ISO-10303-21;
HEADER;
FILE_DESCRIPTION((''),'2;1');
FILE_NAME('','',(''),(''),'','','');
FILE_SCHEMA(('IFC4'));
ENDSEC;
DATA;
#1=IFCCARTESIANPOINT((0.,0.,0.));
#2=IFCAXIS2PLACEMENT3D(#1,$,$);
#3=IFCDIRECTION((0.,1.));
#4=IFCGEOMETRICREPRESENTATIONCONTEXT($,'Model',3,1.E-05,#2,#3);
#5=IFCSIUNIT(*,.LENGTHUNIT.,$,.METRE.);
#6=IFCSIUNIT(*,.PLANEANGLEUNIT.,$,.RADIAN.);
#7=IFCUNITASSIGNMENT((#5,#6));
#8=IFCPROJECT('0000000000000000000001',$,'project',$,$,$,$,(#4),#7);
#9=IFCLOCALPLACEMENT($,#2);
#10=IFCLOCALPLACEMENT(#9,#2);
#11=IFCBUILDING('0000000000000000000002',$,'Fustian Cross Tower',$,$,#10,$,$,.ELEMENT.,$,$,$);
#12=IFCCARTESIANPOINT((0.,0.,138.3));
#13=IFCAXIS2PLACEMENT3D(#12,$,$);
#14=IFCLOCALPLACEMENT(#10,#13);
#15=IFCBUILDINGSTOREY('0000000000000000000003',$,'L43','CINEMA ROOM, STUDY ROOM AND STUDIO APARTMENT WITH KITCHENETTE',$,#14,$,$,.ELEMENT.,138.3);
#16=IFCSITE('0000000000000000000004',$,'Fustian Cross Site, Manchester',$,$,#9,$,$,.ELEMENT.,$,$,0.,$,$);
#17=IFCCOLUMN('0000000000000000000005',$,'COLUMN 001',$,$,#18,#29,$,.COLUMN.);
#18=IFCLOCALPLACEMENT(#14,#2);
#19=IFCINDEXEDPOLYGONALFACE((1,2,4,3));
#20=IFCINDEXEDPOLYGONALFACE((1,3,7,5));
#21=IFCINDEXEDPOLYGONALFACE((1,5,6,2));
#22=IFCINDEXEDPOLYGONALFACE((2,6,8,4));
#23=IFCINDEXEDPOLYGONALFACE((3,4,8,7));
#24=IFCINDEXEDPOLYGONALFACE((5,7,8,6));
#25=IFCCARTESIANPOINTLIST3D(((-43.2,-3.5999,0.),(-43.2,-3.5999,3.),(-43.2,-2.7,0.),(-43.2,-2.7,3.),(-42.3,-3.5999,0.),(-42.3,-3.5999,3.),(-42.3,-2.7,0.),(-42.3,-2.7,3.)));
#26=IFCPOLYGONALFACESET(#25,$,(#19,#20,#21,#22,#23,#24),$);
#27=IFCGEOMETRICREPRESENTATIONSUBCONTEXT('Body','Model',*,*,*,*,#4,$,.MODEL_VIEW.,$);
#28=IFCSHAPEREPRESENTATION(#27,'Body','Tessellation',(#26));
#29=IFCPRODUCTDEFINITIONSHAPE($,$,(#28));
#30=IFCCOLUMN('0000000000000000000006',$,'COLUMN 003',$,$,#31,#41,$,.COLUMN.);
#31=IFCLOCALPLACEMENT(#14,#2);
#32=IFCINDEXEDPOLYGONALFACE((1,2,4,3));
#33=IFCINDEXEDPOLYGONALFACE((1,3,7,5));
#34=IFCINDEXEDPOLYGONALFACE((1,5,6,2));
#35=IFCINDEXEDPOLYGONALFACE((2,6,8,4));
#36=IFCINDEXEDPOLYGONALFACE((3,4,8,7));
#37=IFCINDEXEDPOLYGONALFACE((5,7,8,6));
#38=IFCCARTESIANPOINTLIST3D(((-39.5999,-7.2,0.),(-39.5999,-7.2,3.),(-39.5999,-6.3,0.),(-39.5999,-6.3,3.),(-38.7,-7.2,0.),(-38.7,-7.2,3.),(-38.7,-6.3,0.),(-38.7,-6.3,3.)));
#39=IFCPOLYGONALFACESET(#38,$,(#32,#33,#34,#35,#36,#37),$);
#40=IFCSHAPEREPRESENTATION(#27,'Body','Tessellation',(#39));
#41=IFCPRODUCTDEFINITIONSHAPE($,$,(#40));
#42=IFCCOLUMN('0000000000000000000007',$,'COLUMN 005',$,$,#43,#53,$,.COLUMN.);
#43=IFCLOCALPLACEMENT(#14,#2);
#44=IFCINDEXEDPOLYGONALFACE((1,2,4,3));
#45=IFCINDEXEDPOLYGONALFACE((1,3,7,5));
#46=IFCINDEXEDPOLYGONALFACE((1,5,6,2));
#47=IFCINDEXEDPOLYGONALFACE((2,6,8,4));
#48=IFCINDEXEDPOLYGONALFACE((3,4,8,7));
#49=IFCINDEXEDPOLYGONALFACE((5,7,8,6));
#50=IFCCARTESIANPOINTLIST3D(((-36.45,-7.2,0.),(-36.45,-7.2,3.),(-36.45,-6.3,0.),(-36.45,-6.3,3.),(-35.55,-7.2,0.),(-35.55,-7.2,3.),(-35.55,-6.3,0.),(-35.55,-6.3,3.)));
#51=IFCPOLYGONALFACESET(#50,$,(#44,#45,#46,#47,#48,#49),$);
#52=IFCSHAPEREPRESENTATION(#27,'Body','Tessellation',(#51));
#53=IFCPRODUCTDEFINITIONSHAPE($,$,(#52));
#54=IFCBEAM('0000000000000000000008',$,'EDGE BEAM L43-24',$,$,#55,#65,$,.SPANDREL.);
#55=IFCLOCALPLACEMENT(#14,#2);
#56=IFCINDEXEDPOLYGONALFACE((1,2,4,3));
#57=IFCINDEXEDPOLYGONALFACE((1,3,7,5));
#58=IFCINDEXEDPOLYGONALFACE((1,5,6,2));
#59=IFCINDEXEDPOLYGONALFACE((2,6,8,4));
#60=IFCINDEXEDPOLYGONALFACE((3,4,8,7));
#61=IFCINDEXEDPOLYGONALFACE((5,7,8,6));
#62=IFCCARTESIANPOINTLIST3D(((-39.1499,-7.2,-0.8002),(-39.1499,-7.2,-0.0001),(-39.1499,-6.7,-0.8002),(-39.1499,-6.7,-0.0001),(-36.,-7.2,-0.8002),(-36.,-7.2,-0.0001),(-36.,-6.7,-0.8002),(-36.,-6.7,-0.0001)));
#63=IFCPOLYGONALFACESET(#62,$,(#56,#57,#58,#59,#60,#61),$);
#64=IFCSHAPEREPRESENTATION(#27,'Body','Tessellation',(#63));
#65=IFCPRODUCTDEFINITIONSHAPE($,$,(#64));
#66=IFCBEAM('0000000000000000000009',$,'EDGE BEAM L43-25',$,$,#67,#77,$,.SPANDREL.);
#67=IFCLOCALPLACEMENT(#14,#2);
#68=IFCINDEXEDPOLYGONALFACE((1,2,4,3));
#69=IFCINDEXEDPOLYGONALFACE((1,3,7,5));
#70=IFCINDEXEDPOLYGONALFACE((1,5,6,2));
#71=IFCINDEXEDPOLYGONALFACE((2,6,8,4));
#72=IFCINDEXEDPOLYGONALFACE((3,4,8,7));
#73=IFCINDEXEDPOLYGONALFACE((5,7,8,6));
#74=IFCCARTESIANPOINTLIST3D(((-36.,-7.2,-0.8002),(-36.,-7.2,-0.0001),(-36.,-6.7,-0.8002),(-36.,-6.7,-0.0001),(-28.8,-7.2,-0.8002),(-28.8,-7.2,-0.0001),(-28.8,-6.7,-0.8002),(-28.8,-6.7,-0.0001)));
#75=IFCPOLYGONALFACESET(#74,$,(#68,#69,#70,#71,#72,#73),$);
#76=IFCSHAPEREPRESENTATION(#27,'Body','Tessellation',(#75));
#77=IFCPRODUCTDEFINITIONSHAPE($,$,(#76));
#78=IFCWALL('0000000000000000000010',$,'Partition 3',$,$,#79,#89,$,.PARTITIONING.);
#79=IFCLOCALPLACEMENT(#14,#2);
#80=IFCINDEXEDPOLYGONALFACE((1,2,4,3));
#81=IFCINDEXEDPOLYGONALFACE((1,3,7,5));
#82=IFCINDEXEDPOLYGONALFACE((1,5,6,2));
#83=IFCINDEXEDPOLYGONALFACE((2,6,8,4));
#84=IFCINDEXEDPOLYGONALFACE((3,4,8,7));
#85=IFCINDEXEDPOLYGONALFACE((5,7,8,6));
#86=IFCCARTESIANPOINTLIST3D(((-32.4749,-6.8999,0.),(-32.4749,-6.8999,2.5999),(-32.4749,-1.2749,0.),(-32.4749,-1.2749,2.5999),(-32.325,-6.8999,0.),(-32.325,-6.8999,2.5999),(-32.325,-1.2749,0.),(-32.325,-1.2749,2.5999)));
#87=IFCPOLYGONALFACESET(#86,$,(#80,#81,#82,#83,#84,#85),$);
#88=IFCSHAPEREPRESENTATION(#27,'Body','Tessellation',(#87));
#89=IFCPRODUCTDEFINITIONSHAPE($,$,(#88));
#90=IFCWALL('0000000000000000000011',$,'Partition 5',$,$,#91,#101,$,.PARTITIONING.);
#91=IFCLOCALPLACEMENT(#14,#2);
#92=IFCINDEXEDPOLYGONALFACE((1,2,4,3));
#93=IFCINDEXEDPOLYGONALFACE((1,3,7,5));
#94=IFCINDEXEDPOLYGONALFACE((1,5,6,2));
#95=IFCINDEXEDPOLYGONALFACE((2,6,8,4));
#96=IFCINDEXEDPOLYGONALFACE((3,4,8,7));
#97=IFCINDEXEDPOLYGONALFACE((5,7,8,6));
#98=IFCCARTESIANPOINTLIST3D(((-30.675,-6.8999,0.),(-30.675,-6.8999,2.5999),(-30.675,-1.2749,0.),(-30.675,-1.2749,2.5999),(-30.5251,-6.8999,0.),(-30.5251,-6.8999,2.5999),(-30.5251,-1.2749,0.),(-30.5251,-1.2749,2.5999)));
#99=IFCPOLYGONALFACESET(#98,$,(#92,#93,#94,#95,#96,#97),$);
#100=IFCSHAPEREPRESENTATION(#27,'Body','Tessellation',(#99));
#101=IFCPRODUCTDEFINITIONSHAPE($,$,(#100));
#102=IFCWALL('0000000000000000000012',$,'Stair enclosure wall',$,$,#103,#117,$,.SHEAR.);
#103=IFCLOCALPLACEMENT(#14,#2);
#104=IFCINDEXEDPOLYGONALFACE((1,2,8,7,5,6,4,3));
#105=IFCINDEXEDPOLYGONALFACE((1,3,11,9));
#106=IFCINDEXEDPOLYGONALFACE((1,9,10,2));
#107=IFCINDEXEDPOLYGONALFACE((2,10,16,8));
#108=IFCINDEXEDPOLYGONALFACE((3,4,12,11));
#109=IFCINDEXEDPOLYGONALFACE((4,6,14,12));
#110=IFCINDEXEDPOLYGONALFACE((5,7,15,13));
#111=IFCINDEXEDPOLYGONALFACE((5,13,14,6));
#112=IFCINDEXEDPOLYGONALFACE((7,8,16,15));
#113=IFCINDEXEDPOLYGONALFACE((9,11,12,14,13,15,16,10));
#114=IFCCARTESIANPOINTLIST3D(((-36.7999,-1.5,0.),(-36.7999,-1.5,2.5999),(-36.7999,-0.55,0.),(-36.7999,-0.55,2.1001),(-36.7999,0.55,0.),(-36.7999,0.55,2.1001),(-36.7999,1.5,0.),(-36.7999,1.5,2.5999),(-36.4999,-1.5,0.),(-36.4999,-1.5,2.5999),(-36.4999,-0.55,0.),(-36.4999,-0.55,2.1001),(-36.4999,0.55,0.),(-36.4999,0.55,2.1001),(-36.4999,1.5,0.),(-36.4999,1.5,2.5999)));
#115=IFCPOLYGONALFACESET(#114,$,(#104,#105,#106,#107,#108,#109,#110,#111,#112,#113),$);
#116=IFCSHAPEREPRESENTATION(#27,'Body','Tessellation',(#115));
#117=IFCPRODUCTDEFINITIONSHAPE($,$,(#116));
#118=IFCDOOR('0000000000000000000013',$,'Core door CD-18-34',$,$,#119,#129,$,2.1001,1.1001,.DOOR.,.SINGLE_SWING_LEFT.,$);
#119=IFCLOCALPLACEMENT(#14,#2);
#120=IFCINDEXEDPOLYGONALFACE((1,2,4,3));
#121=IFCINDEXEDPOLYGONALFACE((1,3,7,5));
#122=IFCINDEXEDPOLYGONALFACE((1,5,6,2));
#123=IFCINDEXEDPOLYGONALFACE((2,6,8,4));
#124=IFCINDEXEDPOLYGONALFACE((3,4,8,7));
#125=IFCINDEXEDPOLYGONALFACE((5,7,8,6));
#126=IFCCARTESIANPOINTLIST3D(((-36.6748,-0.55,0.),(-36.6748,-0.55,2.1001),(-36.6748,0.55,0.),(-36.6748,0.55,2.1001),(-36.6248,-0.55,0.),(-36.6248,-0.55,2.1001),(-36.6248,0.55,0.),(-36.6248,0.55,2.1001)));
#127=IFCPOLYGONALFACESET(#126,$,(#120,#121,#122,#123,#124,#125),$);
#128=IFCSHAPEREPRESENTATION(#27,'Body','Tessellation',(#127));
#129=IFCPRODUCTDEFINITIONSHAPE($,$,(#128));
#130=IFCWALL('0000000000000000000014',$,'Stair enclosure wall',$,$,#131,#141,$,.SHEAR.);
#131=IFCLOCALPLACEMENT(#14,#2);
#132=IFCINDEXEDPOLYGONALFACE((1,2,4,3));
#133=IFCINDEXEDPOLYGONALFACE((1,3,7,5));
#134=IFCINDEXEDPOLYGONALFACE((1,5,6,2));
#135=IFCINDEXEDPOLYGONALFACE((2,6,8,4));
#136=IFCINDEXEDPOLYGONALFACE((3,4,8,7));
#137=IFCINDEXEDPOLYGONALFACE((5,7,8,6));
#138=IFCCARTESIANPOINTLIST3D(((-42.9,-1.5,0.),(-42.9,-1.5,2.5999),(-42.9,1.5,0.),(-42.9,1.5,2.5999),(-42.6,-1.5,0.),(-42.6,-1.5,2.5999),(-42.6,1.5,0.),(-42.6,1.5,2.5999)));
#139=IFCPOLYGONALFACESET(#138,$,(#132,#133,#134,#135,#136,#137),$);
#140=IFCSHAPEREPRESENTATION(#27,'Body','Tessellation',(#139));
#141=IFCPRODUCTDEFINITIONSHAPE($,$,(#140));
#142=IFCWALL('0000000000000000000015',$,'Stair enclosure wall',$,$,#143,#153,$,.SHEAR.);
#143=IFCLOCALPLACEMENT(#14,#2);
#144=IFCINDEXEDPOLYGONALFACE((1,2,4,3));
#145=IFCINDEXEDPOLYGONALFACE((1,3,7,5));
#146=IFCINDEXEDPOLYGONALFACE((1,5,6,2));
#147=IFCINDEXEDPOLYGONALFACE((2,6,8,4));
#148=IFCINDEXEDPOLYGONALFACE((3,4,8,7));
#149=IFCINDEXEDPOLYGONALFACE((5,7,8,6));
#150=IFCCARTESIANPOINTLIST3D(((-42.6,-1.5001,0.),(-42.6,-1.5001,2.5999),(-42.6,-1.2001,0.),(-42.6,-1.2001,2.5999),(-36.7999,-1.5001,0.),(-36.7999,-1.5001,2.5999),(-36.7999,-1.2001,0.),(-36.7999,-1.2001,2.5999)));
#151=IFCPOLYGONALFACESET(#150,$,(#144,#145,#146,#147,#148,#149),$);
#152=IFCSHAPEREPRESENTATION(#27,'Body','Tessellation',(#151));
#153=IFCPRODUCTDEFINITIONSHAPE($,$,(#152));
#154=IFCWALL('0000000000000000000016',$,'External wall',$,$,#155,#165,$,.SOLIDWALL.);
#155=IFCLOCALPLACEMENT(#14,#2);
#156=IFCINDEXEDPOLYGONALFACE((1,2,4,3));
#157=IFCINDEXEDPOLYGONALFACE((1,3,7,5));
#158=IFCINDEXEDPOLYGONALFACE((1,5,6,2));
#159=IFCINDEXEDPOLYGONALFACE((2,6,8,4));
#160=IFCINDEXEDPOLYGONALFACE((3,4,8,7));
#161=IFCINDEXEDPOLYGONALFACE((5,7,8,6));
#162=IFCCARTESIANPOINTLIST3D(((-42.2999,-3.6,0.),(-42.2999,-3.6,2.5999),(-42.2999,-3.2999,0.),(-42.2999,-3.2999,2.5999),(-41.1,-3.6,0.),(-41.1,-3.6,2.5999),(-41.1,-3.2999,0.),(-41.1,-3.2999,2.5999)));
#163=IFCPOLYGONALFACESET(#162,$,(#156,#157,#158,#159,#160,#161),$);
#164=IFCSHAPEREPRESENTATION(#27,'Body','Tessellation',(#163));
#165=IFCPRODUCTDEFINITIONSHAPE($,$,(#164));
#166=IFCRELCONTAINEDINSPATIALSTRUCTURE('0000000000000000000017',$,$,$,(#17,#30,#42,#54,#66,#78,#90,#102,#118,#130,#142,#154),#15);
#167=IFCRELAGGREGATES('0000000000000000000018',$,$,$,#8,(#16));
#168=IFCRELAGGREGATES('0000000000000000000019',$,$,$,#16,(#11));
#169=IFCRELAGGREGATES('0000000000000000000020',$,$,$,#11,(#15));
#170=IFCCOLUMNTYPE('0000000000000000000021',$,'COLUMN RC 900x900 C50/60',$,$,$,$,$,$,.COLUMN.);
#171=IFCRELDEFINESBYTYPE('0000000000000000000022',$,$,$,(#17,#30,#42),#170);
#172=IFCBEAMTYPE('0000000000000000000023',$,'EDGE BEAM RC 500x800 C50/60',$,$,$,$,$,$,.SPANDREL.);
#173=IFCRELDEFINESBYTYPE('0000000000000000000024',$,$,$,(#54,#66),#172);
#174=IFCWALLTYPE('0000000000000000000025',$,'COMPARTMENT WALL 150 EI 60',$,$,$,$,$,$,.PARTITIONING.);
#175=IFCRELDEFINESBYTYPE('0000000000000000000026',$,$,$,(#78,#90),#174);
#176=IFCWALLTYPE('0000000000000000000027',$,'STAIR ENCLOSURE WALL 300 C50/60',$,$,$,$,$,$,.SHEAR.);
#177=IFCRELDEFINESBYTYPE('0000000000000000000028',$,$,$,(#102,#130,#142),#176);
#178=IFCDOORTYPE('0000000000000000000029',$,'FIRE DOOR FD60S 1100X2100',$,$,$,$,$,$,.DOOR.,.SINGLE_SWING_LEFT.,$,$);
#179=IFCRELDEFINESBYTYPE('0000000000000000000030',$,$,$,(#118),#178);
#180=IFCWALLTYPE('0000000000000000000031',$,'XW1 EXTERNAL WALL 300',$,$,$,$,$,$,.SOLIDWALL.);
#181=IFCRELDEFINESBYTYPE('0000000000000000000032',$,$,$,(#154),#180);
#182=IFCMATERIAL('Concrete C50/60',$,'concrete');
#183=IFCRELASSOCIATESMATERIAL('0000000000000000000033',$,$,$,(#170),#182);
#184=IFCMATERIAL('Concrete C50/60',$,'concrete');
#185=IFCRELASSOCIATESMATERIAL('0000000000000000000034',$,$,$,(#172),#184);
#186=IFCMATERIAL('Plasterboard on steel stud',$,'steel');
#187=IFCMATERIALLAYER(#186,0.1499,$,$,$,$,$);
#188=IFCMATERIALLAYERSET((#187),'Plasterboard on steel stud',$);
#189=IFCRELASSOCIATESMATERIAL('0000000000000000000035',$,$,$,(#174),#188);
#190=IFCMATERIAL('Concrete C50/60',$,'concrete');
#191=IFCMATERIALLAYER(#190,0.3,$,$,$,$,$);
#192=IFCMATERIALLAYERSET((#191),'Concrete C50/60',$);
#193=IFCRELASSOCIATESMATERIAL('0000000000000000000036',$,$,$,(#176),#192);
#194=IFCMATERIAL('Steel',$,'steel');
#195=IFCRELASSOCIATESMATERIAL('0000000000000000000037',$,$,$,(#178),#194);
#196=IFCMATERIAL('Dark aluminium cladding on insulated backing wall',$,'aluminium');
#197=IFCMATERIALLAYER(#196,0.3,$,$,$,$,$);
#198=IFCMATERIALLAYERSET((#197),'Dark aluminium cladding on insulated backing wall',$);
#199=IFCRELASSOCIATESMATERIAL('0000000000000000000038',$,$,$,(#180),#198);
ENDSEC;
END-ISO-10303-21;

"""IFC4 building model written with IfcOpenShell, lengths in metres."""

from ifc_helpers import new_model, si_unit, direction, frame, frame_2d, origin, origin_2d, place, context, subcontext, project, spatial, rectangle, extrude, material, layer, layer_set, material_profile, profile_set, type_object, element, fill, save


model = new_model("IFC4")

# Units and contexts
model_context = context("Model", 3, precision=1e-05, world=origin(), true_north=direction((0.0, 1.0)))
body_context = subcontext(model_context, "Body", "Model", "MODEL_VIEW")
ifc_project = project(units=[si_unit("LENGTHUNIT", "METRE"), si_unit("PLANEANGLEUNIT", "RADIAN")], contexts=[model_context])

# Site, building, storey
site_placement = place(None, origin())
site = spatial("IfcSite", under=ifc_project, at=site_placement, Name="Fustian Cross Site, Manchester", CompositionType="ELEMENT", RefElevation=0.0)
building_placement = place(site_placement, origin())
building = spatial("IfcBuilding", under=site, at=building_placement, Name="Fustian Cross Tower", CompositionType="ELEMENT")
storey_placement = place(building_placement, frame((0.0, 0.0, 138.3)))
storey = spatial("IfcBuildingStorey", under=building, at=storey_placement, Name="L43", Description="CINEMA ROOM, STUDY ROOM AND STUDIO APARTMENT WITH KITCHENETTE", CompositionType="ELEMENT", Elevation=138.3)

# Columns
ifc_material_1 = material(Name="Concrete C50/60", Category="concrete")
ifc_material_profile_1 = material_profile(ifc_material_1, rectangle(XDim=0.8999, YDim=0.8999, at=origin_2d()), Name="RC 900x900")
ifc_profile_set_1 = profile_set([ifc_material_profile_1], Name="Concrete C50/60")
column_type = type_object("IfcColumnType", Name="COLUMN RC 900x900 C50/60", PredefinedType="COLUMN", material=ifc_profile_set_1)
for number, where, z_axis, x_axis, name in (
    (1, (-42.75, -3.1499, 0.0), (0.0, 0.0, 1.0), (1.0, 0.0, 0.0), "COLUMN 001"),
    (2, (-39.1499, -6.75, 0.0), (0.0, 0.0, 1.0), (1.0, 0.0, 0.0), "COLUMN 003"),
    (3, (-36.0, -6.75, 0.0), (0.0, 0.0, 1.0), (1.0, 0.0, 0.0), "COLUMN 005"),
):
    element("IfcColumn", number, at=place(storey_placement, frame(where, z_axis=z_axis, x_axis=x_axis)), inside=storey, type_object=column_type, Name=name, PredefinedType="COLUMN", context=body_context, shape_type="SweptSolid", body=[
        extrude(rectangle(XDim=0.8999, YDim=0.8999, at=origin_2d()), origin(), (0.0, 0.0, 1.0), 3.0),
    ])

# Beams
ifc_material_2 = material(Name="Concrete C50/60", Category="concrete")
ifc_material_profile_2 = material_profile(ifc_material_2, rectangle(XDim=0.5, YDim=0.8, at=origin_2d()), Name="RC 500x800")
ifc_profile_set_2 = profile_set([ifc_material_profile_2], Name="Concrete C50/60")
beam_type = type_object("IfcBeamType", Name="EDGE BEAM RC 500x800 C50/60", PredefinedType="SPANDREL", material=ifc_profile_set_2)
beam_1_placement = place(storey_placement, frame((-39.1499, -6.95, -0.4001), z_axis=(1.0, 0.0, 0.0), x_axis=(0.0, 1.0, 0.0)))
element("IfcBeam", 4, at=beam_1_placement, inside=storey, type_object=beam_type, Name="EDGE BEAM L43-24", PredefinedType="SPANDREL", context=body_context, shape_type="SweptSolid", body=[
    extrude(rectangle(XDim=0.5, YDim=0.8, at=origin_2d()), origin(), (0.0, 0.0, 1.0), 3.1499),
])
beam_2_placement = place(storey_placement, frame((-36.0, -6.95, -0.4001), z_axis=(1.0, 0.0, 0.0), x_axis=(0.0, 1.0, 0.0)))
element("IfcBeam", 5, at=beam_2_placement, inside=storey, type_object=beam_type, Name="EDGE BEAM L43-25", PredefinedType="SPANDREL", context=body_context, shape_type="SweptSolid", body=[
    extrude(rectangle(XDim=0.5, YDim=0.8, at=origin_2d()), origin(), (0.0, 0.0, 1.0), 7.2),
])

# Walls
ifc_material_3 = material(Name="Plasterboard on steel stud", Category="steel")
ifc_layer_1 = layer(ifc_material_3, 0.1499)
ifc_layer_set_1 = layer_set([ifc_layer_1], Name="Plasterboard on steel stud")
wall_type_1 = type_object("IfcWallType", Name="COMPARTMENT WALL 150 EI 60", PredefinedType="PARTITIONING", material=ifc_layer_set_1)
for number, where, z_axis, x_axis, name in (
    (6, (-32.3999, -6.8999, 0.0), (0.0, 0.0, 1.0), (0.0, 1.0, 0.0), "Partition 3"),
    (7, (-30.6001, -6.8999, 0.0), (0.0, 0.0, 1.0), (0.0, 1.0, 0.0), "Partition 5"),
):
    element("IfcWall", number, at=place(storey_placement, frame(where, z_axis=z_axis, x_axis=x_axis)), inside=storey, type_object=wall_type_1, Name=name, PredefinedType="PARTITIONING", context=body_context, shape_type="SweptSolid", body=[
        extrude(rectangle(XDim=5.625, YDim=0.1499, at=frame_2d((2.8125, 0.0))), origin(), (0.0, 0.0, 1.0), 2.5999),
    ])

# Wall, opening, door
ifc_material_4 = material(Name="Concrete C50/60", Category="concrete")
ifc_layer_2 = layer(ifc_material_4, 0.3)
ifc_layer_set_2 = layer_set([ifc_layer_2], Name="Concrete C50/60")
wall_type_2 = type_object("IfcWallType", Name="STAIR ENCLOSURE WALL 300 C50/60", PredefinedType="SHEAR", material=ifc_layer_set_2)
wall_1_placement = place(storey_placement, frame((-36.6499, -1.5, 0.0), z_axis=(0.0, 0.0, 1.0), x_axis=(0.0, 1.0, 0.0)))
wall_1 = element("IfcWall", 8, at=wall_1_placement, inside=storey, type_object=wall_type_2, Name="Stair enclosure wall", PredefinedType="SHEAR", context=body_context, shape_type="SweptSolid", body=[
    extrude(rectangle(XDim=3.0, YDim=0.3, at=frame_2d((1.5, 0.0))), origin(), (0.0, 0.0, 1.0), 2.5999),
])
opening_1_placement = place(wall_1_placement, frame((0.95, 0.0, 0.0)))
opening_1 = element("IfcOpeningElement", 9, at=opening_1_placement, cuts=wall_1, PredefinedType="OPENING", context=body_context, shape_type="SweptSolid", body=[
    extrude(rectangle(XDim=1.1001, YDim=2.1001, at=frame_2d((0.55, 1.05))), frame((0.0, 0.1599, 0.0), z_axis=(0.0, -1.0, 0.0), x_axis=(1.0, 0.0, 0.0)), (0.0, 0.0, 1.0), 0.3201),
])
ifc_material_5 = material(Name="Steel", Category="steel")
door_type = type_object("IfcDoorType", Name="FIRE DOOR FD60S 1100X2100", OperationType="SINGLE_SWING_LEFT", PredefinedType="DOOR", material=ifc_material_5)
door_placement = place(opening_1_placement, origin())
door = element("IfcDoor", 10, at=door_placement, inside=storey, type_object=door_type, Name="Core door CD-18-34", OperationType="SINGLE_SWING_LEFT", OverallHeight=2.1001, OverallWidth=1.1001, PredefinedType="DOOR", context=body_context, shape_type="SweptSolid", body=[
    extrude(rectangle(XDim=1.1001, YDim=2.1001, at=frame_2d((0.55, 1.05))), frame((0.0, 0.0249, 0.0), z_axis=(0.0, -1.0, 0.0), x_axis=(1.0, 0.0, 0.0)), (0.0, 0.0, 1.0), 0.05),
])
fill(opening_1, door)

# Walls
wall_2_placement = place(storey_placement, frame((-42.75, -1.5, 0.0), z_axis=(0.0, 0.0, 1.0), x_axis=(0.0, 1.0, 0.0)))
element("IfcWall", 11, at=wall_2_placement, inside=storey, type_object=wall_type_2, Name="Stair enclosure wall", PredefinedType="SHEAR", context=body_context, shape_type="SweptSolid", body=[
    extrude(rectangle(XDim=3.0, YDim=0.3, at=frame_2d((1.5, 0.0))), origin(), (0.0, 0.0, 1.0), 2.5999),
])
wall_3_placement = place(storey_placement, frame((-36.8, -1.3501, 0.0), z_axis=(0.0, 0.0, 1.0), x_axis=(-1.0, 0.0, 0.0)))
element("IfcWall", 12, at=wall_3_placement, inside=storey, type_object=wall_type_2, Name="Stair enclosure wall", PredefinedType="SHEAR", context=body_context, shape_type="SweptSolid", body=[
    extrude(rectangle(XDim=5.8, YDim=0.3, at=frame_2d((2.8999, 0.0))), origin(), (0.0, 0.0, 1.0), 2.5999),
])
ifc_material_6 = material(Name="Dark aluminium cladding on insulated backing wall", Category="aluminium")
ifc_layer_3 = layer(ifc_material_6, 0.3)
ifc_layer_set_3 = layer_set([ifc_layer_3], Name="Dark aluminium cladding on insulated backing wall")
wall_type_3 = type_object("IfcWallType", Name="XW1 EXTERNAL WALL 300", PredefinedType="SOLIDWALL", material=ifc_layer_set_3)
wall_4_placement = place(storey_placement, frame((-42.3, -3.45, 0.0), z_axis=(0.0, 0.0, 1.0), x_axis=(1.0, 0.0, 0.0)))
element("IfcWall", 13, at=wall_4_placement, inside=storey, type_object=wall_type_3, Name="External wall", PredefinedType="SOLIDWALL", context=body_context, shape_type="SweptSolid", body=[
    extrude(rectangle(XDim=1.2, YDim=0.3, at=frame_2d((0.6001, 0.0))), origin(), (0.0, 0.0, 1.0), 2.5999),
])

save(model, "model.ifc")
